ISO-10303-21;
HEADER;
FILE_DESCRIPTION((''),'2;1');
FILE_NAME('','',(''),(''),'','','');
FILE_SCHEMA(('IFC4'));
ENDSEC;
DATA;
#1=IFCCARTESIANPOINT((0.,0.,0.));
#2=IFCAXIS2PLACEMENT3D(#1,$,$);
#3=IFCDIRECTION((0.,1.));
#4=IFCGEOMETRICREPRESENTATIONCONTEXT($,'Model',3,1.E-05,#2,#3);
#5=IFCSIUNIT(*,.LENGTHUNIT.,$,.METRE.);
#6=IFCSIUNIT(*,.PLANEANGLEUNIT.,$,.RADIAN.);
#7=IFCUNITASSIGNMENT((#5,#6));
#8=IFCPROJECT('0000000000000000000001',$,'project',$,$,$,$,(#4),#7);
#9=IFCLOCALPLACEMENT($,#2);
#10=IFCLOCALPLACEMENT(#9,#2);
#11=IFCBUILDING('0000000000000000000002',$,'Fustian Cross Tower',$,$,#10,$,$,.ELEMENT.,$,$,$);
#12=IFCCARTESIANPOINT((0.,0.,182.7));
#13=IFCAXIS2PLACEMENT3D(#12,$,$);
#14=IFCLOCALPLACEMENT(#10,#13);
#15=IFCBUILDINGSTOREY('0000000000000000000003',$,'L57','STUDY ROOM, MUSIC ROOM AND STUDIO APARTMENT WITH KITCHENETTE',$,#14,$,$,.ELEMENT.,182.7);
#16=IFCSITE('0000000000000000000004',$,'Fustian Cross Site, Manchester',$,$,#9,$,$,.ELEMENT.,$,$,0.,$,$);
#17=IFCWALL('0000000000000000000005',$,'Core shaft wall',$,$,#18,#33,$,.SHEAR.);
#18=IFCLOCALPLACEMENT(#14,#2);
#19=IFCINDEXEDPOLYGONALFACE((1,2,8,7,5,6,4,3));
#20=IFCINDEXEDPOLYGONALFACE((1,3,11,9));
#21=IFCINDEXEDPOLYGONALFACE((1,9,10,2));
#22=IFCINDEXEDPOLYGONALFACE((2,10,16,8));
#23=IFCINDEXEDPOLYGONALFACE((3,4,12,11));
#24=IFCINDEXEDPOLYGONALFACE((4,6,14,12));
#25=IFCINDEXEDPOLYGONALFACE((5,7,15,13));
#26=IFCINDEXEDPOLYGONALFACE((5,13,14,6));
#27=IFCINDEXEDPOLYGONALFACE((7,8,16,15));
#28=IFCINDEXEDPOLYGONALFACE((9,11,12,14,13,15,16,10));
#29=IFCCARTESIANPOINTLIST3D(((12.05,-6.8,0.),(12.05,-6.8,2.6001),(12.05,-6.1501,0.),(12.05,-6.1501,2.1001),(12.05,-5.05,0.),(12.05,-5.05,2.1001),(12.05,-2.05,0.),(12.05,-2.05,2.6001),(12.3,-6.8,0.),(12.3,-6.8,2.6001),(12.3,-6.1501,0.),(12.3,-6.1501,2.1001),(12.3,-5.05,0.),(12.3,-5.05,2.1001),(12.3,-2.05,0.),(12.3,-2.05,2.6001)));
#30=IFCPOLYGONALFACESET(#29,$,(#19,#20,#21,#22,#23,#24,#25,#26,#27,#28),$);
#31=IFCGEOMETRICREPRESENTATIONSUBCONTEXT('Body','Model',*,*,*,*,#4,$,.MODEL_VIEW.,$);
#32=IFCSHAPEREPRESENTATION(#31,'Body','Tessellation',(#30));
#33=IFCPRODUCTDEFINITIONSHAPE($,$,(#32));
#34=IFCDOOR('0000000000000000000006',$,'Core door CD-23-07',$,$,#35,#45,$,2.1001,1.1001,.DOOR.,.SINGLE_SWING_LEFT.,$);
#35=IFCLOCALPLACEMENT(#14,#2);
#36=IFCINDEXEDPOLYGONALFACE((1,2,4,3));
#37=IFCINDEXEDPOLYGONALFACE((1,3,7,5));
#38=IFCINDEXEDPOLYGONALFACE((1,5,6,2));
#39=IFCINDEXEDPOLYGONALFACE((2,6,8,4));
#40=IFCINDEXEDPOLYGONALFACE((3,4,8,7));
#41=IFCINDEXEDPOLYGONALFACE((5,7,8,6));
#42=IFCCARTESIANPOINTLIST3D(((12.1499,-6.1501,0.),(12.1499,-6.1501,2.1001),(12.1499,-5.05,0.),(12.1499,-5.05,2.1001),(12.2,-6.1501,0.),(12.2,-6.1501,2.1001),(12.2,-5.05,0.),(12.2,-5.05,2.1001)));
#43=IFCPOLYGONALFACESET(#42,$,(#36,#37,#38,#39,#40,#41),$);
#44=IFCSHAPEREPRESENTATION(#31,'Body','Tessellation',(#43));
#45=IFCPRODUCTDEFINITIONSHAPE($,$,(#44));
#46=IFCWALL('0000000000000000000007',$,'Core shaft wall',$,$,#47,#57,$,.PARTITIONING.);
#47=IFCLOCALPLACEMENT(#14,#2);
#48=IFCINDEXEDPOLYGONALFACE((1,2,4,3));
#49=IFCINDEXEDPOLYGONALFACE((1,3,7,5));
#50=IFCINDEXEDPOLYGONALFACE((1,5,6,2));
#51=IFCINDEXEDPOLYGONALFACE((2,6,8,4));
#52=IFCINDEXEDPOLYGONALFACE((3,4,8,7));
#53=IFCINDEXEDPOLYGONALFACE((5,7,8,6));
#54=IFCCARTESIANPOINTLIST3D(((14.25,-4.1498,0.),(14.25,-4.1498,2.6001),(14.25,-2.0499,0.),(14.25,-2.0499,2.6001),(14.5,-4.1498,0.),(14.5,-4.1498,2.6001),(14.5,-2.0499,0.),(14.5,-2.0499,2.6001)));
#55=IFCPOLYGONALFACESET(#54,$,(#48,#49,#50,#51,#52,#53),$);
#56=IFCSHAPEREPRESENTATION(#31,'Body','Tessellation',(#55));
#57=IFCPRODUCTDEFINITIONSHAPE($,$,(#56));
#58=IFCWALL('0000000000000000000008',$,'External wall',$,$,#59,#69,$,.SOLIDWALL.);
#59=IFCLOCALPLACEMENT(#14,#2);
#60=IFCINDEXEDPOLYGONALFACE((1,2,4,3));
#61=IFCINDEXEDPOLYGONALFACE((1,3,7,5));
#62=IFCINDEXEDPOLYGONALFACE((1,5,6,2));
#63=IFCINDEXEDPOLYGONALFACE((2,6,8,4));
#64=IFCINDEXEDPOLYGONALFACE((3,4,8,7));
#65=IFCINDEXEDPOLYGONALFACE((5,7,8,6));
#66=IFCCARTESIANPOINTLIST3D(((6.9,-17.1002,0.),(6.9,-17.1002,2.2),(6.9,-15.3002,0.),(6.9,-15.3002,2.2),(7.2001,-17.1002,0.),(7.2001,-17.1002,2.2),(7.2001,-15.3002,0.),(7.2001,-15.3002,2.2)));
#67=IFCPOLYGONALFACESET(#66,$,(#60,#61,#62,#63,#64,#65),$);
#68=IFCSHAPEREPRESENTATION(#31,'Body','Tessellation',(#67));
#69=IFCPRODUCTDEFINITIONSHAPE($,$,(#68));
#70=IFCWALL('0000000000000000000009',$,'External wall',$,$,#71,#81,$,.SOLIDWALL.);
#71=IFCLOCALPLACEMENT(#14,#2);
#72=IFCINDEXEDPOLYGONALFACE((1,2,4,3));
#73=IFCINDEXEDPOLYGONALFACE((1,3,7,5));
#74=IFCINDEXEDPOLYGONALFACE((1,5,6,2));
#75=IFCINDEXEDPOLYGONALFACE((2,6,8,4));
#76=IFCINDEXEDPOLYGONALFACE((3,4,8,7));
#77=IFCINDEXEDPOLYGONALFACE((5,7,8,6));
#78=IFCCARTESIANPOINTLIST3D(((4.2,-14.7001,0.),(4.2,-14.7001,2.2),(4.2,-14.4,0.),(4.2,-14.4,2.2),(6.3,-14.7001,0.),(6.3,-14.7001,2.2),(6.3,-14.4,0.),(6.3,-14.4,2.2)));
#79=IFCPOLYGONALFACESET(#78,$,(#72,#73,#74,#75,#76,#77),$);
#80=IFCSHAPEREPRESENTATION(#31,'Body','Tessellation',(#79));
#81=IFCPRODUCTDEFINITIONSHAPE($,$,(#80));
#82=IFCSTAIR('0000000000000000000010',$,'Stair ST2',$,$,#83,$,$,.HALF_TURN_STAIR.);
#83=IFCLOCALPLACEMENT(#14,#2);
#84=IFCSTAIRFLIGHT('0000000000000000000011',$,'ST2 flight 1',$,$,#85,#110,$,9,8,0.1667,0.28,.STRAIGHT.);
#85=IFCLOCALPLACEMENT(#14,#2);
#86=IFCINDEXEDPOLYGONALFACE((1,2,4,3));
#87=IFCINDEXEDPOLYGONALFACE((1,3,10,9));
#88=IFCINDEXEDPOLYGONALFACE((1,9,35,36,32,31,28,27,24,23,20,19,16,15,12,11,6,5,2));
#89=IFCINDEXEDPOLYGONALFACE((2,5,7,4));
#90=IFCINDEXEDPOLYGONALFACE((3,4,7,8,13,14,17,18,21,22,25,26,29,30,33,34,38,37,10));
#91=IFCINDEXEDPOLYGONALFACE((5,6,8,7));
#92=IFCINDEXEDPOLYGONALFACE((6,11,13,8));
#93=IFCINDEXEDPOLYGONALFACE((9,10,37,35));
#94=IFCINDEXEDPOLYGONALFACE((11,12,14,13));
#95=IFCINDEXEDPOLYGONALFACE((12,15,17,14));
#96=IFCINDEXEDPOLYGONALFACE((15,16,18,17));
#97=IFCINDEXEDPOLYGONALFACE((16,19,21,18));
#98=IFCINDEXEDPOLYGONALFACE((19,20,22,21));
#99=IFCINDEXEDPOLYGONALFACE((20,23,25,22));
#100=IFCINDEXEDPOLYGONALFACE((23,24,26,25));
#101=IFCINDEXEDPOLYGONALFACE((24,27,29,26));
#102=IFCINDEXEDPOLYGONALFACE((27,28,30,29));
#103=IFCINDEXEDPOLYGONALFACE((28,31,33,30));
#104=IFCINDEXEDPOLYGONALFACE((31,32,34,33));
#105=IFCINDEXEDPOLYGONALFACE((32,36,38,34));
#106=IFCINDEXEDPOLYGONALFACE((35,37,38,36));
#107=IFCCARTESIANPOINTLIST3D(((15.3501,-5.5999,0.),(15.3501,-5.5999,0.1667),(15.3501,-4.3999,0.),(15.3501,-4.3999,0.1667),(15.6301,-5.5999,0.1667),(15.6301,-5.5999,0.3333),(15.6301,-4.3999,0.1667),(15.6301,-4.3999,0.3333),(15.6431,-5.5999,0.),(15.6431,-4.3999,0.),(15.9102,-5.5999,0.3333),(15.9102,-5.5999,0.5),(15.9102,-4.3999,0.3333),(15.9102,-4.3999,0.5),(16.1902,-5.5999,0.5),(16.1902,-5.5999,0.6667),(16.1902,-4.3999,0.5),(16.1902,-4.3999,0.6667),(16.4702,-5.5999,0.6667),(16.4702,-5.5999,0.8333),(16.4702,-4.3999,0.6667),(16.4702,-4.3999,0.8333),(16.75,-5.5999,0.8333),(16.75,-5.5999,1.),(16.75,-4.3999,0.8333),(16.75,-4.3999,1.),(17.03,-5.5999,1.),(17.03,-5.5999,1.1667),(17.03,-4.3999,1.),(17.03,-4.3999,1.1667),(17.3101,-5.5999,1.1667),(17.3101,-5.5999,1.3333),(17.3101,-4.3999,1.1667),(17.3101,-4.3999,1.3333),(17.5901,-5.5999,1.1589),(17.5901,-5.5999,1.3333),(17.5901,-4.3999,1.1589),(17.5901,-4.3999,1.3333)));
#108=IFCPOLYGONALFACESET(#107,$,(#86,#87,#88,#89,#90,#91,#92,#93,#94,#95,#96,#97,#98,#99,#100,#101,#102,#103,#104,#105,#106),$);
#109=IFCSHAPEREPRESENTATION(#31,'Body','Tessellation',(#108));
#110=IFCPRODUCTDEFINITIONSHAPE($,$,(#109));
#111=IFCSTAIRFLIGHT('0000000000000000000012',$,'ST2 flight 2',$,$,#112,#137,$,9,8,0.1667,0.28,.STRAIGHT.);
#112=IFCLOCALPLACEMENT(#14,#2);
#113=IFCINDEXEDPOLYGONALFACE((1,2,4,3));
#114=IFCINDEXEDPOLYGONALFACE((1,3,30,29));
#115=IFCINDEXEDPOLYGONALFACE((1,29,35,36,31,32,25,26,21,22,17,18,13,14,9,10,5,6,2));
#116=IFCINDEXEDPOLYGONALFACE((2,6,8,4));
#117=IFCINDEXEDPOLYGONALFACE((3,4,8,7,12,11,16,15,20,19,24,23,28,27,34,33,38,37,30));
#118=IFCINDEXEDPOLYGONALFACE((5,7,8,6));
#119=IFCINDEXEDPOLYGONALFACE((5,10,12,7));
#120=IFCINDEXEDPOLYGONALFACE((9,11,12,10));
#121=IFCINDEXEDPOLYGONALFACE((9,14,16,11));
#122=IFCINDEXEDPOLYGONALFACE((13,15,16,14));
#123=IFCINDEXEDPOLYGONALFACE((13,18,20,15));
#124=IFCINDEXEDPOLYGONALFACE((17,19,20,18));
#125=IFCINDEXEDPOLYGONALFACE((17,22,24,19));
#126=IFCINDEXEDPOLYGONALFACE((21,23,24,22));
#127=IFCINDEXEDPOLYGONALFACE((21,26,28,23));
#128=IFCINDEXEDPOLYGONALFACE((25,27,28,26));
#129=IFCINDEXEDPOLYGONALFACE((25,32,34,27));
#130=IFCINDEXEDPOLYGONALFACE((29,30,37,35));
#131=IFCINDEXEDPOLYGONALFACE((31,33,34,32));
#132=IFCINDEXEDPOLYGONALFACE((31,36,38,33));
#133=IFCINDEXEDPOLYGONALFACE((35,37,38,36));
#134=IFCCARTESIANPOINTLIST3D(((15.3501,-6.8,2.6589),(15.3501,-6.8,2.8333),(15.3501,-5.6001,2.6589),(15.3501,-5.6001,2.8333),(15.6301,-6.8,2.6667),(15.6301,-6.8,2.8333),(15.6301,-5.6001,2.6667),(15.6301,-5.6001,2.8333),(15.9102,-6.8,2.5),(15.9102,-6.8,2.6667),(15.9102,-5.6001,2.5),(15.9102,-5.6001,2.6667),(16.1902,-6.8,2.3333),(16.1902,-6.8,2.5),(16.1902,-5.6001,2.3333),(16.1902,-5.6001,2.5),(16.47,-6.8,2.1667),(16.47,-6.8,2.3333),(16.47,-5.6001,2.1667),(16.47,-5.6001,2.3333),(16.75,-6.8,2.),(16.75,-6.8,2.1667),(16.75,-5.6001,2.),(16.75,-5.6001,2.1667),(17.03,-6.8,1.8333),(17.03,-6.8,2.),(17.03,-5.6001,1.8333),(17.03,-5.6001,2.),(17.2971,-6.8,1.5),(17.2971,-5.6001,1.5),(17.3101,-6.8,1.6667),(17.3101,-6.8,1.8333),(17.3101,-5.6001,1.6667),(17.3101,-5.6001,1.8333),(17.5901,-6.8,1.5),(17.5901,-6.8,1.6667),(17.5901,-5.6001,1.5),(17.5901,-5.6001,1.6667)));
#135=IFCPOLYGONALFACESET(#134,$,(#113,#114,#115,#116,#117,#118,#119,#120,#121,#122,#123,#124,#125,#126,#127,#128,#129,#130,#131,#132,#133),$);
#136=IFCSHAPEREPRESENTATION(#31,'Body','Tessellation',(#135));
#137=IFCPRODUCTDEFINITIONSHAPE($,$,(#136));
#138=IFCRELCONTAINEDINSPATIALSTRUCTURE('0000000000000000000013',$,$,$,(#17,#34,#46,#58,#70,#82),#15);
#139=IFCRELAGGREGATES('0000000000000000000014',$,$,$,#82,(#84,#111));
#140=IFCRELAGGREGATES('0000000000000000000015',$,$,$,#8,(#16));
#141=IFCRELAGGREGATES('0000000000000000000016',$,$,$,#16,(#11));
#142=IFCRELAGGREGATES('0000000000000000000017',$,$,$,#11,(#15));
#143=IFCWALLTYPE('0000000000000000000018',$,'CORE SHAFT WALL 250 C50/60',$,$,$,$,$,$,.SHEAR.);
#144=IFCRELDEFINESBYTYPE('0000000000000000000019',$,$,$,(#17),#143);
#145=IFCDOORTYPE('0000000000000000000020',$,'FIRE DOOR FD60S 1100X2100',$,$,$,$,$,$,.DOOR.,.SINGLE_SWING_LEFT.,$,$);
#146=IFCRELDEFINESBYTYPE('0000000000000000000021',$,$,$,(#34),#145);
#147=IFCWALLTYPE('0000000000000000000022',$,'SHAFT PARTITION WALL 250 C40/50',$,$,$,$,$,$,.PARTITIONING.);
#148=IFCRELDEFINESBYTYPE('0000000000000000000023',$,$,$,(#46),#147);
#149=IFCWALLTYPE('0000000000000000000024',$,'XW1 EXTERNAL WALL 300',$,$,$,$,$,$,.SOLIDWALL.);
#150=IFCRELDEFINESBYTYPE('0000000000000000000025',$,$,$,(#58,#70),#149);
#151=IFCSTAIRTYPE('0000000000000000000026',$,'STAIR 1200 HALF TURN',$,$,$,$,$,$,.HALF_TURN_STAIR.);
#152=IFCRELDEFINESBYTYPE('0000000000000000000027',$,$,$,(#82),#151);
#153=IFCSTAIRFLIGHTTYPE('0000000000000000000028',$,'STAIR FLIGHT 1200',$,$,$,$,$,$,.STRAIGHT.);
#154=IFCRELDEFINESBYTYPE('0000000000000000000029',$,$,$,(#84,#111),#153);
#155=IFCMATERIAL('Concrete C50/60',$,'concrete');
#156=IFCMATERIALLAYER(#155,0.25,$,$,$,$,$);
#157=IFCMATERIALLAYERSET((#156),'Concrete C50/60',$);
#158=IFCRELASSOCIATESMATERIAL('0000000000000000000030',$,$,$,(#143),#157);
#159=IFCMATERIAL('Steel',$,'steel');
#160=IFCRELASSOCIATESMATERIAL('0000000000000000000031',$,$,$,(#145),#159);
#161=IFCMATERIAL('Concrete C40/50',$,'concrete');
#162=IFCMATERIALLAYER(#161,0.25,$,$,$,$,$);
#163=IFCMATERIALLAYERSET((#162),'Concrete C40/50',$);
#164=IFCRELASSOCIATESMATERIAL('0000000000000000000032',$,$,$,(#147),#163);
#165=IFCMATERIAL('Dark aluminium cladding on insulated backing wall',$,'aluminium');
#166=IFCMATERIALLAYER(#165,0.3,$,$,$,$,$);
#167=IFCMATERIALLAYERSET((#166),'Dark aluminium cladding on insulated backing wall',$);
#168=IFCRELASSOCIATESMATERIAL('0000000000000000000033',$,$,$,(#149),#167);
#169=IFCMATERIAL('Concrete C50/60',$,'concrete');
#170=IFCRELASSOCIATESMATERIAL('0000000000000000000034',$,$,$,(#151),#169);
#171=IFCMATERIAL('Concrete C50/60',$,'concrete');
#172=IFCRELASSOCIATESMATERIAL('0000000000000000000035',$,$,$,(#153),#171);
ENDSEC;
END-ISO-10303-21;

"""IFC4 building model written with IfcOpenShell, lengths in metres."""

from ifc_helpers import new_model, si_unit, direction, frame, frame_2d, origin, place, context, subcontext, project, spatial, polyline, rectangle, outline, extrude, material, layer, layer_set, type_object, element, fill, aggregate, save


model = new_model("IFC4")

# Units and contexts
model_context = context("Model", 3, precision=1e-05, world=origin(), true_north=direction((0.0, 1.0)))
body_context = subcontext(model_context, "Body", "Model", "MODEL_VIEW")
ifc_project = project(units=[si_unit("LENGTHUNIT", "METRE"), si_unit("PLANEANGLEUNIT", "RADIAN")], contexts=[model_context])

# Site, building, storey
site_placement = place(None, origin())
site = spatial("IfcSite", under=ifc_project, at=site_placement, Name="Fustian Cross Site, Manchester", CompositionType="ELEMENT", RefElevation=0.0)
building_placement = place(site_placement, origin())
building = spatial("IfcBuilding", under=site, at=building_placement, Name="Fustian Cross Tower", CompositionType="ELEMENT")
storey_placement = place(building_placement, frame((0.0, 0.0, 182.7)))
storey = spatial("IfcBuildingStorey", under=building, at=storey_placement, Name="L57", Description="STUDY ROOM, MUSIC ROOM AND STUDIO APARTMENT WITH KITCHENETTE", CompositionType="ELEMENT", Elevation=182.7)

# Shared definitions
ifc_material_1 = material(Name="Concrete C50/60", Category="concrete")
ifc_layer_1 = layer(ifc_material_1, 0.25)
ifc_layer_set_1 = layer_set([ifc_layer_1], Name="Concrete C50/60")
wall_type_1 = type_object("IfcWallType", Name="CORE SHAFT WALL 250 C50/60", PredefinedType="SHEAR", material=ifc_layer_set_1)

# Wall, opening, door
wall_1_placement = place(storey_placement, frame((12.175, -2.05, 0.0), z_axis=(0.0, 0.0, 1.0), x_axis=(0.0, -1.0, 0.0)))
wall_1 = element("IfcWall", 1, at=wall_1_placement, inside=storey, type_object=wall_type_1, Name="Core shaft wall", PredefinedType="SHEAR", context=body_context, shape_type="SweptSolid", body=[
    extrude(rectangle(XDim=4.75, YDim=0.25, at=frame_2d((2.375, 0.0))), origin(), (0.0, 0.0, 1.0), 2.6001),
])
opening_1_placement = place(wall_1_placement, frame((3.0, 0.0, 0.0)))
opening_1 = element("IfcOpeningElement", 2, at=opening_1_placement, cuts=wall_1, PredefinedType="OPENING", context=body_context, shape_type="SweptSolid", body=[
    extrude(rectangle(XDim=1.1001, YDim=2.1001, at=frame_2d((0.55, 1.05))), frame((0.0, 0.135, 0.0), z_axis=(0.0, -1.0, 0.0), x_axis=(1.0, 0.0, 0.0)), (0.0, 0.0, 1.0), 0.27),
])
ifc_material_2 = material(Name="Steel", Category="steel")
door_type_1 = type_object("IfcDoorType", Name="FIRE DOOR FD60S 1100X2100", OperationType="SINGLE_SWING_LEFT", PredefinedType="DOOR", material=ifc_material_2)
door_1_placement = place(opening_1_placement, origin())
door_1 = element("IfcDoor", 3, at=door_1_placement, inside=storey, type_object=door_type_1, Name="Core door CD-23-07", OperationType="SINGLE_SWING_LEFT", OverallHeight=2.1001, OverallWidth=1.1001, PredefinedType="DOOR", context=body_context, shape_type="SweptSolid", body=[
    extrude(rectangle(XDim=1.1001, YDim=2.1001, at=frame_2d((0.55, 1.05))), frame((0.0, 0.0249, 0.0), z_axis=(0.0, -1.0, 0.0), x_axis=(1.0, 0.0, 0.0)), (0.0, 0.0, 1.0), 0.05),
])
fill(opening_1, door_1)

# Walls
ifc_material_3 = material(Name="Concrete C40/50", Category="concrete")
ifc_layer_2 = layer(ifc_material_3, 0.25)
ifc_layer_set_2 = layer_set([ifc_layer_2], Name="Concrete C40/50")
wall_type_2 = type_object("IfcWallType", Name="SHAFT PARTITION WALL 250 C40/50", PredefinedType="PARTITIONING", material=ifc_layer_set_2)
wall_2_placement = place(storey_placement, frame((14.375, -2.05, 0.0), z_axis=(0.0, 0.0, 1.0), x_axis=(0.0, -1.0, 0.0)))
element("IfcWall", 4, at=wall_2_placement, inside=storey, type_object=wall_type_2, Name="Core shaft wall", PredefinedType="PARTITIONING", context=body_context, shape_type="SweptSolid", body=[
    extrude(rectangle(XDim=2.0999, YDim=0.25, at=frame_2d((1.0498, 0.0))), origin(), (0.0, 0.0, 1.0), 2.6001),
])
ifc_material_4 = material(Name="Dark aluminium cladding on insulated backing wall", Category="aluminium")
ifc_layer_3 = layer(ifc_material_4, 0.3)
ifc_layer_set_3 = layer_set([ifc_layer_3], Name="Dark aluminium cladding on insulated backing wall")
wall_type_3 = type_object("IfcWallType", Name="XW1 EXTERNAL WALL 300", PredefinedType="SOLIDWALL", material=ifc_layer_set_3)
wall_3_placement = place(storey_placement, frame((7.05, -17.1001, 0.0), z_axis=(0.0, 0.0, 1.0), x_axis=(0.0, 1.0, 0.0)))
element("IfcWall", 5, at=wall_3_placement, inside=storey, type_object=wall_type_3, Name="External wall", PredefinedType="SOLIDWALL", context=body_context, shape_type="SweptSolid", body=[
    extrude(rectangle(XDim=1.8, YDim=0.3, at=frame_2d((0.8999, 0.0))), origin(), (0.0, 0.0, 1.0), 2.2),
])
wall_4_placement = place(storey_placement, frame((6.3, -14.55, 0.0), z_axis=(0.0, 0.0, 1.0), x_axis=(-1.0, 0.0, 0.0)))
element("IfcWall", 6, at=wall_4_placement, inside=storey, type_object=wall_type_3, Name="External wall", PredefinedType="SOLIDWALL", context=body_context, shape_type="SweptSolid", body=[
    extrude(rectangle(XDim=2.1001, YDim=0.3, at=frame_2d((1.05, 0.0))), origin(), (0.0, 0.0, 1.0), 2.2),
])

# Stair, stair flights
ifc_material_5 = material(Name="Concrete C50/60", Category="concrete")
stair_type = type_object("IfcStairType", Name="STAIR 1200 HALF TURN", PredefinedType="HALF_TURN_STAIR", material=ifc_material_5)
stair_placement = place(storey_placement, origin())
stair = element("IfcStair", 7, at=stair_placement, inside=storey, type_object=stair_type, Name="Stair ST2", PredefinedType="HALF_TURN_STAIR")
ifc_material_6 = material(Name="Concrete C50/60", Category="concrete")
stair_flight_type = type_object("IfcStairFlightType", Name="STAIR FLIGHT 1200", PredefinedType="STRAIGHT", material=ifc_material_6)
stair_flight_1_placement = place(storey_placement, frame((15.3501, -5.0, 0.0), z_axis=(0.0, 0.0, 1.0), x_axis=(1.0, 0.0, 0.0)))
stair_flight_1 = element("IfcStairFlight", 8, at=stair_flight_1_placement, type_object=stair_flight_type, Name="ST2 flight 1", NumberOfRisers=9, NumberOfTreads=8, PredefinedType="STRAIGHT", RiserHeight=0.1667, TreadLength=0.28, context=body_context, shape_type="SweptSolid", body=[
    extrude(outline(polyline([(0.0, 0.0), (0.0, 0.1667), (0.28, 0.1667), (0.28, 0.3333), (0.5601, 0.3333), (0.5601, 0.5), (0.8401, 0.5), (0.8401, 0.6667), (1.1201, 0.6667), (1.1201, 0.8333), (1.3999, 0.8333), (1.3999, 1.0), (1.6799, 1.0), (1.6799, 1.1667), (1.96, 1.1667), (1.96, 1.3333), (2.24, 1.3333), (2.24, 1.5), (2.24, 1.1589), (0.293, 0.0), (0.0, 0.0)])), frame((0.0, 0.6001, 0.0), z_axis=(0.0, -1.0, 0.0), x_axis=(1.0, 0.0, 0.0)), (0.0, 0.0, 1.0), 1.2),
])
stair_flight_2_placement = place(storey_placement, frame((17.5901, -6.2, 1.5), z_axis=(0.0, 0.0, 1.0), x_axis=(-1.0, 0.0, 0.0)))
stair_flight_2 = element("IfcStairFlight", 9, at=stair_flight_2_placement, type_object=stair_flight_type, Name="ST2 flight 2", NumberOfRisers=9, NumberOfTreads=8, PredefinedType="STRAIGHT", RiserHeight=0.1667, TreadLength=0.28, context=body_context, shape_type="SweptSolid", body=[
    extrude(outline(polyline([(0.0, 0.0), (0.0, 0.1667), (0.28, 0.1667), (0.28, 0.3333), (0.5601, 0.3333), (0.5601, 0.5), (0.8401, 0.5), (0.8401, 0.6667), (1.1201, 0.6667), (1.1201, 0.8333), (1.3999, 0.8333), (1.3999, 1.0), (1.6799, 1.0), (1.6799, 1.1667), (1.96, 1.1667), (1.96, 1.3333), (2.24, 1.3333), (2.24, 1.5), (2.24, 1.1589), (0.293, 0.0), (0.0, 0.0)])), frame((0.0, 0.6001, 0.0), z_axis=(0.0, -1.0, 0.0), x_axis=(1.0, 0.0, 0.0)), (0.0, 0.0, 1.0), 1.2),
])
aggregate(stair, [stair_flight_1, stair_flight_2])

save(model, "model.ifc")
